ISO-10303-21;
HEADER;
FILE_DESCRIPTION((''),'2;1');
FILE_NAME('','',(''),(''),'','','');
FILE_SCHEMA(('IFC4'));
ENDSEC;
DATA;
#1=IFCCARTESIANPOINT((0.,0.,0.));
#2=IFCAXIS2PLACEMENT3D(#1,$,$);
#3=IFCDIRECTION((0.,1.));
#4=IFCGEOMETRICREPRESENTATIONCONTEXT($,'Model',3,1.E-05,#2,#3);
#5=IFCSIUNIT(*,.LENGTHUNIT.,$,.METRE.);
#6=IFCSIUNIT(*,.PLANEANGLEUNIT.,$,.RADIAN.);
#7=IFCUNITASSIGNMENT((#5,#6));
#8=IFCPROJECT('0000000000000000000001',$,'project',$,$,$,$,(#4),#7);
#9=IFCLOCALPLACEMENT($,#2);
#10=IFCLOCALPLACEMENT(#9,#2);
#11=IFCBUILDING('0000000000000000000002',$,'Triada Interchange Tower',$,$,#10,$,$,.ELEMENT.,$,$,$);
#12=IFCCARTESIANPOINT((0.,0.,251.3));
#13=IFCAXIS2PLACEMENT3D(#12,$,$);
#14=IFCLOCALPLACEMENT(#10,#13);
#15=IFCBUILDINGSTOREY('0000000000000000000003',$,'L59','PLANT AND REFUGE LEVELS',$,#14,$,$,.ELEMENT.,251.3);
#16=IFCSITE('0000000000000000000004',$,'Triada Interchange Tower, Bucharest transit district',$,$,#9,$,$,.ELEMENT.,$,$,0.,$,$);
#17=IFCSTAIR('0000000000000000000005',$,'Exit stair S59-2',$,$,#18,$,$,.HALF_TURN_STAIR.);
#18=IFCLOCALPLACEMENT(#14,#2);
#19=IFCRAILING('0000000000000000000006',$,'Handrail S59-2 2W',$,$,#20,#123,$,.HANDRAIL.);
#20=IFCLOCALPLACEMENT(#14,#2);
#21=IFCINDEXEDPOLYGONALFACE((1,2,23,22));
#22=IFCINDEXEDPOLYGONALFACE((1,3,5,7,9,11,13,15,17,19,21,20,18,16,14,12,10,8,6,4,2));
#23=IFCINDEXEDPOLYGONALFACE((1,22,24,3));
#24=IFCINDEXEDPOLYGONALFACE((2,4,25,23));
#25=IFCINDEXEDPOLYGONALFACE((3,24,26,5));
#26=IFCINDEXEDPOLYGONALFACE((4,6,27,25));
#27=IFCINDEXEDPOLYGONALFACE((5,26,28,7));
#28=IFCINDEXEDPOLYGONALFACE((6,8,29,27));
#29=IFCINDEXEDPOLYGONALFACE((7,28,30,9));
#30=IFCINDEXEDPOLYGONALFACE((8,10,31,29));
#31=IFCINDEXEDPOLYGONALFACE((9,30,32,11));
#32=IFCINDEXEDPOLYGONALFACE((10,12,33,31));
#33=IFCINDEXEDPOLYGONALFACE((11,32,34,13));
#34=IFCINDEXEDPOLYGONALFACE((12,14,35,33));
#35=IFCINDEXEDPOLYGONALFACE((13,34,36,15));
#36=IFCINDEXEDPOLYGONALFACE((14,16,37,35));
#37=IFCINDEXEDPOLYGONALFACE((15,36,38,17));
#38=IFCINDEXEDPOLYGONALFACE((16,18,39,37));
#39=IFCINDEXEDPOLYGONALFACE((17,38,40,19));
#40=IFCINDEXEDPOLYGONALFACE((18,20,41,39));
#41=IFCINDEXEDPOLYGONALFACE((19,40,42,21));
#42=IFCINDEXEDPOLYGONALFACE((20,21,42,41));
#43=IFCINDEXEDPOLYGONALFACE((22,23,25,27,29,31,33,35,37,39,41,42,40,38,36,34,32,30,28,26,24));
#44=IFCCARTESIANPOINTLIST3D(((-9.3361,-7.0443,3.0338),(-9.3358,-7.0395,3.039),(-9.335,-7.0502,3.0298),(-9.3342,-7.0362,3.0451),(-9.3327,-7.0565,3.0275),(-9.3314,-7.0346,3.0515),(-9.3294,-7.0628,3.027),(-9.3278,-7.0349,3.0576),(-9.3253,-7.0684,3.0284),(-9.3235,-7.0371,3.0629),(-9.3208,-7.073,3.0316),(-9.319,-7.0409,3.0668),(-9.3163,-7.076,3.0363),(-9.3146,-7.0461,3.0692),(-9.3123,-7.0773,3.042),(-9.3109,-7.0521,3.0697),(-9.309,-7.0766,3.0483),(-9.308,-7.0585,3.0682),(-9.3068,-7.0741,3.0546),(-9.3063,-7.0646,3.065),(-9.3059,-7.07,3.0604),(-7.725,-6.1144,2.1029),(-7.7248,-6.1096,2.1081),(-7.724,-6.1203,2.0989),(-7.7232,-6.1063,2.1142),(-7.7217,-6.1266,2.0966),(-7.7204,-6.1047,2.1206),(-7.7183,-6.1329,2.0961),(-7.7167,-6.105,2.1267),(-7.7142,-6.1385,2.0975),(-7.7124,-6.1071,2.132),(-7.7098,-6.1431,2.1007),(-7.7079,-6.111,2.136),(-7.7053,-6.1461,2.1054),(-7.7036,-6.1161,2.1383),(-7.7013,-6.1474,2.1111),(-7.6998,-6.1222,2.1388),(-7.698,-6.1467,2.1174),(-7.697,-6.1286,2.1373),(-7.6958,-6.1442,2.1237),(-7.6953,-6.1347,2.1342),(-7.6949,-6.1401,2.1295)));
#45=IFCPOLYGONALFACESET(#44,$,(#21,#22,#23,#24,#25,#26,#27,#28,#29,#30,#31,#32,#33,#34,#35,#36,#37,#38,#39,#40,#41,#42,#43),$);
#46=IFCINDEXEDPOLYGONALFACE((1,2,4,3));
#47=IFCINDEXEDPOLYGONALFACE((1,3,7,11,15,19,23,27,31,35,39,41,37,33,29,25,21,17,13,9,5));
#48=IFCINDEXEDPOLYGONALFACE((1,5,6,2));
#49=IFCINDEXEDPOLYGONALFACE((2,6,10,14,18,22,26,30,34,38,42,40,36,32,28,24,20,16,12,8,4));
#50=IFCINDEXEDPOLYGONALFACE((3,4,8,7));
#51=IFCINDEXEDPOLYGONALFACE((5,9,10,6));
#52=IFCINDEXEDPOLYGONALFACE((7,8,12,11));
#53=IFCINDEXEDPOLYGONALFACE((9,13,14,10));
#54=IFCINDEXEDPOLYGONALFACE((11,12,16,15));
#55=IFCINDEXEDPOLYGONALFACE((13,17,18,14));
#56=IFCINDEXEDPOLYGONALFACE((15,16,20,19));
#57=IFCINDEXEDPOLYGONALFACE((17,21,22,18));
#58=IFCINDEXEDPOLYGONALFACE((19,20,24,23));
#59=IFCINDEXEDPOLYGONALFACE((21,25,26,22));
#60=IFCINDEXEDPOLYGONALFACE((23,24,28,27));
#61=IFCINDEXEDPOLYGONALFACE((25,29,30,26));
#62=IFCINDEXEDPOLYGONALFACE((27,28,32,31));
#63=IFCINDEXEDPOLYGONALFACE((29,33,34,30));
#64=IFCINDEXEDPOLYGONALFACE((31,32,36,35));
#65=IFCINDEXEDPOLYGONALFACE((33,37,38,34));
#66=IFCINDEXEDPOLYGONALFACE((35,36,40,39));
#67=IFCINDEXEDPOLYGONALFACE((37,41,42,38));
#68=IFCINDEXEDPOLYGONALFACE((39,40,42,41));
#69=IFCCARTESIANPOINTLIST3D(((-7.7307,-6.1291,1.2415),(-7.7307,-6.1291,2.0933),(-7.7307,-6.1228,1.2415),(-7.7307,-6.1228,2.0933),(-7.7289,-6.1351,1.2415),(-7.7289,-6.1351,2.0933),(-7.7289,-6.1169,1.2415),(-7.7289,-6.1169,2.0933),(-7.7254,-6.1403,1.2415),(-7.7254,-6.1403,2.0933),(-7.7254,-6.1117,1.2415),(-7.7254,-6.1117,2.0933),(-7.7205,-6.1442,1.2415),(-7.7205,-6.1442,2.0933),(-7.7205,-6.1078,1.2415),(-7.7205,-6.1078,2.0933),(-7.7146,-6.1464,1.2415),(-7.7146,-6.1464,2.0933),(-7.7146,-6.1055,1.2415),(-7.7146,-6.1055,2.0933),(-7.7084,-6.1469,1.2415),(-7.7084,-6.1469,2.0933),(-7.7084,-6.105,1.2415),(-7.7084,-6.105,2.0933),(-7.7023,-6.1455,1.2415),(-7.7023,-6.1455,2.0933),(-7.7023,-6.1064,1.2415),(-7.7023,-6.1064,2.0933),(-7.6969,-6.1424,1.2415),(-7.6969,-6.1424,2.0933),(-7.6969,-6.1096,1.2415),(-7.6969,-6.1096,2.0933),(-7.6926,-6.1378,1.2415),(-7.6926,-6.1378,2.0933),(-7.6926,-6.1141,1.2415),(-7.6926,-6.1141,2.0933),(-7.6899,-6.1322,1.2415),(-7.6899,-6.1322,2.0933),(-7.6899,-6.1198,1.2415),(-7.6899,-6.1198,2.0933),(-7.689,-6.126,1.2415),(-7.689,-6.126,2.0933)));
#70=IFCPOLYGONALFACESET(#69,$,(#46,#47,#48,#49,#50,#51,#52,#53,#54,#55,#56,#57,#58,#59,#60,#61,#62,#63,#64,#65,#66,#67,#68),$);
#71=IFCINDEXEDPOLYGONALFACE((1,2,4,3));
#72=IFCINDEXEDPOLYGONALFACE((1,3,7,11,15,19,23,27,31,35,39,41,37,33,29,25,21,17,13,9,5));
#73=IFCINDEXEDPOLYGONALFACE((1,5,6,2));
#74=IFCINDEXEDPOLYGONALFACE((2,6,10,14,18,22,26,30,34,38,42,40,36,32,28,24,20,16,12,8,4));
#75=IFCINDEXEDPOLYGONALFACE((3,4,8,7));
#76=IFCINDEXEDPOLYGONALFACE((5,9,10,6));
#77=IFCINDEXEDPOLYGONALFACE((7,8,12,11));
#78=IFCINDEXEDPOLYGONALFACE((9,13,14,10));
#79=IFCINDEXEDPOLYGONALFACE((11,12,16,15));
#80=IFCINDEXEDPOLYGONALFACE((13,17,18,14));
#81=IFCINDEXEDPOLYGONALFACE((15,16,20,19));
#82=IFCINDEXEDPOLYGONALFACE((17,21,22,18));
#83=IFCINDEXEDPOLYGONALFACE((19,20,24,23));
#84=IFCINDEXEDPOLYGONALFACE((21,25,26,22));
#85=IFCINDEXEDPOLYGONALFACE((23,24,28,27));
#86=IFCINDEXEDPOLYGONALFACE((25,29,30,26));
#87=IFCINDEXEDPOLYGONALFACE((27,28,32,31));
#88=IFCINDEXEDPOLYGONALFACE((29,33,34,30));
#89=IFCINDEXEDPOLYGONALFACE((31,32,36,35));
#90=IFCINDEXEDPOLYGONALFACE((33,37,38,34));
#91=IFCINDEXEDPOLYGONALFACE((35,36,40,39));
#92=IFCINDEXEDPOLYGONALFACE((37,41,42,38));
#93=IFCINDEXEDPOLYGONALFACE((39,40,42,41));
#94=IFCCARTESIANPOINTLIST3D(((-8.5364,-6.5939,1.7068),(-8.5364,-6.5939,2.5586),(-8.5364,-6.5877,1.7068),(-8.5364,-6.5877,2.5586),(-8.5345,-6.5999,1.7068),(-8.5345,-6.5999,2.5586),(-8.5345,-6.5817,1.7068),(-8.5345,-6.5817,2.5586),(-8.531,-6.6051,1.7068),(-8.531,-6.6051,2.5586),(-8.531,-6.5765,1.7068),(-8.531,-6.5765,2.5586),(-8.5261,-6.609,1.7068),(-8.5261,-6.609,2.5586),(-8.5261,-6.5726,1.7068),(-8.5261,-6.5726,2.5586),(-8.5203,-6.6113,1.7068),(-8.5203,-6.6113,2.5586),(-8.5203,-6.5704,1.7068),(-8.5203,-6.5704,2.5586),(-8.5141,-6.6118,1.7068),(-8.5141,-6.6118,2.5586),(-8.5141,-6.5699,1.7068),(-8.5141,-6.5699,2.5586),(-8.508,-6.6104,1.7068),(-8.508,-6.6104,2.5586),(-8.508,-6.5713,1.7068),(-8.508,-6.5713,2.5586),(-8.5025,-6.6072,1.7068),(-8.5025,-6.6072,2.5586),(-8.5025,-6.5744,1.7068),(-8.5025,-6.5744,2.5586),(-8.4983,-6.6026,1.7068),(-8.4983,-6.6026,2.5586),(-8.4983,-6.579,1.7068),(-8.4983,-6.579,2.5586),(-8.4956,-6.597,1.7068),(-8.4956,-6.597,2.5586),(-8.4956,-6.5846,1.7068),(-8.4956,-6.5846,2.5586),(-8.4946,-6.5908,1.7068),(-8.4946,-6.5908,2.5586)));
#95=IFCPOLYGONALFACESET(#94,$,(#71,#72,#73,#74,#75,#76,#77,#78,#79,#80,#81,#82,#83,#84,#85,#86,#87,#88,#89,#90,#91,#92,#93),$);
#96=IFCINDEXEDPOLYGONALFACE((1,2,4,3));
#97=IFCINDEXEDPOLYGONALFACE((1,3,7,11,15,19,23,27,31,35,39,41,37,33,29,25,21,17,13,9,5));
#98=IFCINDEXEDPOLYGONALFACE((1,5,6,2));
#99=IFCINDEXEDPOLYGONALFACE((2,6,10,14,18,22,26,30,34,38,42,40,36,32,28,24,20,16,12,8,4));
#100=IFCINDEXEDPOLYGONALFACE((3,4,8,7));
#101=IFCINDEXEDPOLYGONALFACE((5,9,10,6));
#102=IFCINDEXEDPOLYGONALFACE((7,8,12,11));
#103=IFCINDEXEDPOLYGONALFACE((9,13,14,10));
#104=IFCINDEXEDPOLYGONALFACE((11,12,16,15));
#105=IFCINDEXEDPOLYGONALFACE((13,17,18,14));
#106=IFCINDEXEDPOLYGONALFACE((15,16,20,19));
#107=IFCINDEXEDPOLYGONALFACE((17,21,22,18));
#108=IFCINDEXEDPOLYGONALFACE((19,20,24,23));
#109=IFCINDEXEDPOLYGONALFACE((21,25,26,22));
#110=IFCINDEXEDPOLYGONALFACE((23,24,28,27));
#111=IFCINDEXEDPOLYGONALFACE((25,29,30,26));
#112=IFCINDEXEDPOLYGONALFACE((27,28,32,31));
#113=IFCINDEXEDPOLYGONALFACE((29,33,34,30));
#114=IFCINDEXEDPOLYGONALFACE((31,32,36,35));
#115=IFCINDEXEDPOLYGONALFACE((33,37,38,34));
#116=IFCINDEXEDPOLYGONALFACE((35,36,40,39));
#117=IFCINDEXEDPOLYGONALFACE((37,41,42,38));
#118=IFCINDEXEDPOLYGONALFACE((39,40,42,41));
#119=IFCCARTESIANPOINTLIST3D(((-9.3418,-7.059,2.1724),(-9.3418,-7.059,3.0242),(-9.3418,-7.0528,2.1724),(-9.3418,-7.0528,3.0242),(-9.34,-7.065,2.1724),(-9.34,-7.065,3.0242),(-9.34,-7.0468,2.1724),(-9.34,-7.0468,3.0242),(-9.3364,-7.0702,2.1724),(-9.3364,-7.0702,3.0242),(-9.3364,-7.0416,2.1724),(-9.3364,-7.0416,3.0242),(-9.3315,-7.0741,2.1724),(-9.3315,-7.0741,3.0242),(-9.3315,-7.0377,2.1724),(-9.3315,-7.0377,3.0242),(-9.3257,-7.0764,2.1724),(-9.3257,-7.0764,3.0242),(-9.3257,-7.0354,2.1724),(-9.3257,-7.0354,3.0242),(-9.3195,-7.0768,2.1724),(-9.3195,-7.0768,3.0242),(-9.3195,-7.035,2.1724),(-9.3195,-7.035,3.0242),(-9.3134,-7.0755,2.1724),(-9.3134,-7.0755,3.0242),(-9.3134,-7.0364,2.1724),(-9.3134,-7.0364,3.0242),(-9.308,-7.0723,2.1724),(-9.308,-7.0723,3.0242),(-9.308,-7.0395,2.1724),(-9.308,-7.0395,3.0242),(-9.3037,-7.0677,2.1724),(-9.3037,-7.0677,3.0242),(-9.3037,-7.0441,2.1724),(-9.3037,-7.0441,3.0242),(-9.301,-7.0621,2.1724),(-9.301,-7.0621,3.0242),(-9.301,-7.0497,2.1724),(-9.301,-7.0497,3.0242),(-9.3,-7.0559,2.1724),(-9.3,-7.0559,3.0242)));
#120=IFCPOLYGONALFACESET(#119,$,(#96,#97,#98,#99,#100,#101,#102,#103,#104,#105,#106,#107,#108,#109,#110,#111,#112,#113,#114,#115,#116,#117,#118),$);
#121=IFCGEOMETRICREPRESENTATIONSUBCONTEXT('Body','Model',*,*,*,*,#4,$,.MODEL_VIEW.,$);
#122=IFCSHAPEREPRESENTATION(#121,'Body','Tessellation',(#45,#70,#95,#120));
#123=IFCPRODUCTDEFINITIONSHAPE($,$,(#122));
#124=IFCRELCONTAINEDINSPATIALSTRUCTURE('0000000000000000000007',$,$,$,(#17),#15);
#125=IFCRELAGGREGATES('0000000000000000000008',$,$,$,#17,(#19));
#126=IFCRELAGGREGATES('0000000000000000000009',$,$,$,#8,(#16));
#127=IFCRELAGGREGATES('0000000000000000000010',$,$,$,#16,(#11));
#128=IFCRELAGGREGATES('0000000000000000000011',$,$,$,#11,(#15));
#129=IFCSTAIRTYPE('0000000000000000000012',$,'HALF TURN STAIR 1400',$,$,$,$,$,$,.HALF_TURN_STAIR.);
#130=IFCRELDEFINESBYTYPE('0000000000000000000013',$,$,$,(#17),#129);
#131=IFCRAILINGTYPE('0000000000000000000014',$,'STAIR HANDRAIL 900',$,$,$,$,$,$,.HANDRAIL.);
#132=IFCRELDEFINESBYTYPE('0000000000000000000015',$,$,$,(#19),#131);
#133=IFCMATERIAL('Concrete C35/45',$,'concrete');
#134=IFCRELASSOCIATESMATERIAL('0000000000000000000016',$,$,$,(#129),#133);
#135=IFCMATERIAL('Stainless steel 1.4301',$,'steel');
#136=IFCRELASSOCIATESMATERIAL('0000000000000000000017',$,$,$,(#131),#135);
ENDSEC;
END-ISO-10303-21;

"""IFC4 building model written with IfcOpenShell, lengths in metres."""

from ifc_helpers import new_model, si_unit, direction, frame, origin, origin_2d, place, context, subcontext, project, spatial, circle, extrude, material, type_object, element, aggregate, save


model = new_model("IFC4")

# Units and contexts
model_context = context("Model", 3, precision=1e-05, world=origin(), true_north=direction((0.0, 1.0)))
body_context = subcontext(model_context, "Body", "Model", "MODEL_VIEW")
ifc_project = project(units=[si_unit("LENGTHUNIT", "METRE"), si_unit("PLANEANGLEUNIT", "RADIAN")], contexts=[model_context])

# Site, building, storey
site_placement = place(None, origin())
site = spatial("IfcSite", under=ifc_project, at=site_placement, Name="Triada Interchange Tower, Bucharest transit district", CompositionType="ELEMENT", RefElevation=0.0)
building_placement = place(site_placement, origin())
building = spatial("IfcBuilding", under=site, at=building_placement, Name="Triada Interchange Tower", CompositionType="ELEMENT")
storey_placement = place(building_placement, frame((0.0, 0.0, 251.3)))
storey = spatial("IfcBuildingStorey", under=building, at=storey_placement, Name="L59", Description="PLANT AND REFUGE LEVELS", CompositionType="ELEMENT", Elevation=251.3)

# Shared definitions
ifc_material_1 = material(Name="Concrete C35/45", Category="concrete")

# Stair, railing
stair_type = type_object("IfcStairType", Name="HALF TURN STAIR 1400", PredefinedType="HALF_TURN_STAIR", material=ifc_material_1)
stair_placement = place(storey_placement, origin())
stair = element("IfcStair", 1, at=stair_placement, inside=storey, type_object=stair_type, Name="Exit stair S59-2", PredefinedType="HALF_TURN_STAIR")
ifc_material_2 = material(Name="Stainless steel 1.4301", Category="steel")
railing_type_1 = type_object("IfcRailingType", Name="STAIR HANDRAIL 900", PredefinedType="HANDRAIL", material=ifc_material_2)
railing_1_placement = place(storey_placement, frame((-7.71, -6.126, 1.2415)))
railing_1 = element("IfcRailing", 2, at=railing_1_placement, type_object=railing_type_1, Name="Handrail S59-2 2W", PredefinedType="HANDRAIL", context=body_context, shape_type="SweptSolid", body=[
    extrude(circle(Radius=0.0239, at=origin_2d()), frame((0.0, 0.0, 0.876), z_axis=(-0.77451, -0.447054, 0.447523), x_axis=(0.499908, -0.866079, 0.0)), (0.0, 0.0, 1.0), 2.0801),
    extrude(circle(Radius=0.021, at=origin_2d()), origin(), (0.0, 0.0, 1.0), 0.8518),
    extrude(circle(Radius=0.021, at=origin_2d()), frame((-0.8057, -0.4648, 0.4653)), (0.0, 0.0, 1.0), 0.8518),
    extrude(circle(Radius=0.021, at=origin_2d()), frame((-1.6111, -0.9299, 0.9309)), (0.0, 0.0, 1.0), 0.8518),
])
aggregate(stair, [railing_1])

save(model, "model.ifc")
